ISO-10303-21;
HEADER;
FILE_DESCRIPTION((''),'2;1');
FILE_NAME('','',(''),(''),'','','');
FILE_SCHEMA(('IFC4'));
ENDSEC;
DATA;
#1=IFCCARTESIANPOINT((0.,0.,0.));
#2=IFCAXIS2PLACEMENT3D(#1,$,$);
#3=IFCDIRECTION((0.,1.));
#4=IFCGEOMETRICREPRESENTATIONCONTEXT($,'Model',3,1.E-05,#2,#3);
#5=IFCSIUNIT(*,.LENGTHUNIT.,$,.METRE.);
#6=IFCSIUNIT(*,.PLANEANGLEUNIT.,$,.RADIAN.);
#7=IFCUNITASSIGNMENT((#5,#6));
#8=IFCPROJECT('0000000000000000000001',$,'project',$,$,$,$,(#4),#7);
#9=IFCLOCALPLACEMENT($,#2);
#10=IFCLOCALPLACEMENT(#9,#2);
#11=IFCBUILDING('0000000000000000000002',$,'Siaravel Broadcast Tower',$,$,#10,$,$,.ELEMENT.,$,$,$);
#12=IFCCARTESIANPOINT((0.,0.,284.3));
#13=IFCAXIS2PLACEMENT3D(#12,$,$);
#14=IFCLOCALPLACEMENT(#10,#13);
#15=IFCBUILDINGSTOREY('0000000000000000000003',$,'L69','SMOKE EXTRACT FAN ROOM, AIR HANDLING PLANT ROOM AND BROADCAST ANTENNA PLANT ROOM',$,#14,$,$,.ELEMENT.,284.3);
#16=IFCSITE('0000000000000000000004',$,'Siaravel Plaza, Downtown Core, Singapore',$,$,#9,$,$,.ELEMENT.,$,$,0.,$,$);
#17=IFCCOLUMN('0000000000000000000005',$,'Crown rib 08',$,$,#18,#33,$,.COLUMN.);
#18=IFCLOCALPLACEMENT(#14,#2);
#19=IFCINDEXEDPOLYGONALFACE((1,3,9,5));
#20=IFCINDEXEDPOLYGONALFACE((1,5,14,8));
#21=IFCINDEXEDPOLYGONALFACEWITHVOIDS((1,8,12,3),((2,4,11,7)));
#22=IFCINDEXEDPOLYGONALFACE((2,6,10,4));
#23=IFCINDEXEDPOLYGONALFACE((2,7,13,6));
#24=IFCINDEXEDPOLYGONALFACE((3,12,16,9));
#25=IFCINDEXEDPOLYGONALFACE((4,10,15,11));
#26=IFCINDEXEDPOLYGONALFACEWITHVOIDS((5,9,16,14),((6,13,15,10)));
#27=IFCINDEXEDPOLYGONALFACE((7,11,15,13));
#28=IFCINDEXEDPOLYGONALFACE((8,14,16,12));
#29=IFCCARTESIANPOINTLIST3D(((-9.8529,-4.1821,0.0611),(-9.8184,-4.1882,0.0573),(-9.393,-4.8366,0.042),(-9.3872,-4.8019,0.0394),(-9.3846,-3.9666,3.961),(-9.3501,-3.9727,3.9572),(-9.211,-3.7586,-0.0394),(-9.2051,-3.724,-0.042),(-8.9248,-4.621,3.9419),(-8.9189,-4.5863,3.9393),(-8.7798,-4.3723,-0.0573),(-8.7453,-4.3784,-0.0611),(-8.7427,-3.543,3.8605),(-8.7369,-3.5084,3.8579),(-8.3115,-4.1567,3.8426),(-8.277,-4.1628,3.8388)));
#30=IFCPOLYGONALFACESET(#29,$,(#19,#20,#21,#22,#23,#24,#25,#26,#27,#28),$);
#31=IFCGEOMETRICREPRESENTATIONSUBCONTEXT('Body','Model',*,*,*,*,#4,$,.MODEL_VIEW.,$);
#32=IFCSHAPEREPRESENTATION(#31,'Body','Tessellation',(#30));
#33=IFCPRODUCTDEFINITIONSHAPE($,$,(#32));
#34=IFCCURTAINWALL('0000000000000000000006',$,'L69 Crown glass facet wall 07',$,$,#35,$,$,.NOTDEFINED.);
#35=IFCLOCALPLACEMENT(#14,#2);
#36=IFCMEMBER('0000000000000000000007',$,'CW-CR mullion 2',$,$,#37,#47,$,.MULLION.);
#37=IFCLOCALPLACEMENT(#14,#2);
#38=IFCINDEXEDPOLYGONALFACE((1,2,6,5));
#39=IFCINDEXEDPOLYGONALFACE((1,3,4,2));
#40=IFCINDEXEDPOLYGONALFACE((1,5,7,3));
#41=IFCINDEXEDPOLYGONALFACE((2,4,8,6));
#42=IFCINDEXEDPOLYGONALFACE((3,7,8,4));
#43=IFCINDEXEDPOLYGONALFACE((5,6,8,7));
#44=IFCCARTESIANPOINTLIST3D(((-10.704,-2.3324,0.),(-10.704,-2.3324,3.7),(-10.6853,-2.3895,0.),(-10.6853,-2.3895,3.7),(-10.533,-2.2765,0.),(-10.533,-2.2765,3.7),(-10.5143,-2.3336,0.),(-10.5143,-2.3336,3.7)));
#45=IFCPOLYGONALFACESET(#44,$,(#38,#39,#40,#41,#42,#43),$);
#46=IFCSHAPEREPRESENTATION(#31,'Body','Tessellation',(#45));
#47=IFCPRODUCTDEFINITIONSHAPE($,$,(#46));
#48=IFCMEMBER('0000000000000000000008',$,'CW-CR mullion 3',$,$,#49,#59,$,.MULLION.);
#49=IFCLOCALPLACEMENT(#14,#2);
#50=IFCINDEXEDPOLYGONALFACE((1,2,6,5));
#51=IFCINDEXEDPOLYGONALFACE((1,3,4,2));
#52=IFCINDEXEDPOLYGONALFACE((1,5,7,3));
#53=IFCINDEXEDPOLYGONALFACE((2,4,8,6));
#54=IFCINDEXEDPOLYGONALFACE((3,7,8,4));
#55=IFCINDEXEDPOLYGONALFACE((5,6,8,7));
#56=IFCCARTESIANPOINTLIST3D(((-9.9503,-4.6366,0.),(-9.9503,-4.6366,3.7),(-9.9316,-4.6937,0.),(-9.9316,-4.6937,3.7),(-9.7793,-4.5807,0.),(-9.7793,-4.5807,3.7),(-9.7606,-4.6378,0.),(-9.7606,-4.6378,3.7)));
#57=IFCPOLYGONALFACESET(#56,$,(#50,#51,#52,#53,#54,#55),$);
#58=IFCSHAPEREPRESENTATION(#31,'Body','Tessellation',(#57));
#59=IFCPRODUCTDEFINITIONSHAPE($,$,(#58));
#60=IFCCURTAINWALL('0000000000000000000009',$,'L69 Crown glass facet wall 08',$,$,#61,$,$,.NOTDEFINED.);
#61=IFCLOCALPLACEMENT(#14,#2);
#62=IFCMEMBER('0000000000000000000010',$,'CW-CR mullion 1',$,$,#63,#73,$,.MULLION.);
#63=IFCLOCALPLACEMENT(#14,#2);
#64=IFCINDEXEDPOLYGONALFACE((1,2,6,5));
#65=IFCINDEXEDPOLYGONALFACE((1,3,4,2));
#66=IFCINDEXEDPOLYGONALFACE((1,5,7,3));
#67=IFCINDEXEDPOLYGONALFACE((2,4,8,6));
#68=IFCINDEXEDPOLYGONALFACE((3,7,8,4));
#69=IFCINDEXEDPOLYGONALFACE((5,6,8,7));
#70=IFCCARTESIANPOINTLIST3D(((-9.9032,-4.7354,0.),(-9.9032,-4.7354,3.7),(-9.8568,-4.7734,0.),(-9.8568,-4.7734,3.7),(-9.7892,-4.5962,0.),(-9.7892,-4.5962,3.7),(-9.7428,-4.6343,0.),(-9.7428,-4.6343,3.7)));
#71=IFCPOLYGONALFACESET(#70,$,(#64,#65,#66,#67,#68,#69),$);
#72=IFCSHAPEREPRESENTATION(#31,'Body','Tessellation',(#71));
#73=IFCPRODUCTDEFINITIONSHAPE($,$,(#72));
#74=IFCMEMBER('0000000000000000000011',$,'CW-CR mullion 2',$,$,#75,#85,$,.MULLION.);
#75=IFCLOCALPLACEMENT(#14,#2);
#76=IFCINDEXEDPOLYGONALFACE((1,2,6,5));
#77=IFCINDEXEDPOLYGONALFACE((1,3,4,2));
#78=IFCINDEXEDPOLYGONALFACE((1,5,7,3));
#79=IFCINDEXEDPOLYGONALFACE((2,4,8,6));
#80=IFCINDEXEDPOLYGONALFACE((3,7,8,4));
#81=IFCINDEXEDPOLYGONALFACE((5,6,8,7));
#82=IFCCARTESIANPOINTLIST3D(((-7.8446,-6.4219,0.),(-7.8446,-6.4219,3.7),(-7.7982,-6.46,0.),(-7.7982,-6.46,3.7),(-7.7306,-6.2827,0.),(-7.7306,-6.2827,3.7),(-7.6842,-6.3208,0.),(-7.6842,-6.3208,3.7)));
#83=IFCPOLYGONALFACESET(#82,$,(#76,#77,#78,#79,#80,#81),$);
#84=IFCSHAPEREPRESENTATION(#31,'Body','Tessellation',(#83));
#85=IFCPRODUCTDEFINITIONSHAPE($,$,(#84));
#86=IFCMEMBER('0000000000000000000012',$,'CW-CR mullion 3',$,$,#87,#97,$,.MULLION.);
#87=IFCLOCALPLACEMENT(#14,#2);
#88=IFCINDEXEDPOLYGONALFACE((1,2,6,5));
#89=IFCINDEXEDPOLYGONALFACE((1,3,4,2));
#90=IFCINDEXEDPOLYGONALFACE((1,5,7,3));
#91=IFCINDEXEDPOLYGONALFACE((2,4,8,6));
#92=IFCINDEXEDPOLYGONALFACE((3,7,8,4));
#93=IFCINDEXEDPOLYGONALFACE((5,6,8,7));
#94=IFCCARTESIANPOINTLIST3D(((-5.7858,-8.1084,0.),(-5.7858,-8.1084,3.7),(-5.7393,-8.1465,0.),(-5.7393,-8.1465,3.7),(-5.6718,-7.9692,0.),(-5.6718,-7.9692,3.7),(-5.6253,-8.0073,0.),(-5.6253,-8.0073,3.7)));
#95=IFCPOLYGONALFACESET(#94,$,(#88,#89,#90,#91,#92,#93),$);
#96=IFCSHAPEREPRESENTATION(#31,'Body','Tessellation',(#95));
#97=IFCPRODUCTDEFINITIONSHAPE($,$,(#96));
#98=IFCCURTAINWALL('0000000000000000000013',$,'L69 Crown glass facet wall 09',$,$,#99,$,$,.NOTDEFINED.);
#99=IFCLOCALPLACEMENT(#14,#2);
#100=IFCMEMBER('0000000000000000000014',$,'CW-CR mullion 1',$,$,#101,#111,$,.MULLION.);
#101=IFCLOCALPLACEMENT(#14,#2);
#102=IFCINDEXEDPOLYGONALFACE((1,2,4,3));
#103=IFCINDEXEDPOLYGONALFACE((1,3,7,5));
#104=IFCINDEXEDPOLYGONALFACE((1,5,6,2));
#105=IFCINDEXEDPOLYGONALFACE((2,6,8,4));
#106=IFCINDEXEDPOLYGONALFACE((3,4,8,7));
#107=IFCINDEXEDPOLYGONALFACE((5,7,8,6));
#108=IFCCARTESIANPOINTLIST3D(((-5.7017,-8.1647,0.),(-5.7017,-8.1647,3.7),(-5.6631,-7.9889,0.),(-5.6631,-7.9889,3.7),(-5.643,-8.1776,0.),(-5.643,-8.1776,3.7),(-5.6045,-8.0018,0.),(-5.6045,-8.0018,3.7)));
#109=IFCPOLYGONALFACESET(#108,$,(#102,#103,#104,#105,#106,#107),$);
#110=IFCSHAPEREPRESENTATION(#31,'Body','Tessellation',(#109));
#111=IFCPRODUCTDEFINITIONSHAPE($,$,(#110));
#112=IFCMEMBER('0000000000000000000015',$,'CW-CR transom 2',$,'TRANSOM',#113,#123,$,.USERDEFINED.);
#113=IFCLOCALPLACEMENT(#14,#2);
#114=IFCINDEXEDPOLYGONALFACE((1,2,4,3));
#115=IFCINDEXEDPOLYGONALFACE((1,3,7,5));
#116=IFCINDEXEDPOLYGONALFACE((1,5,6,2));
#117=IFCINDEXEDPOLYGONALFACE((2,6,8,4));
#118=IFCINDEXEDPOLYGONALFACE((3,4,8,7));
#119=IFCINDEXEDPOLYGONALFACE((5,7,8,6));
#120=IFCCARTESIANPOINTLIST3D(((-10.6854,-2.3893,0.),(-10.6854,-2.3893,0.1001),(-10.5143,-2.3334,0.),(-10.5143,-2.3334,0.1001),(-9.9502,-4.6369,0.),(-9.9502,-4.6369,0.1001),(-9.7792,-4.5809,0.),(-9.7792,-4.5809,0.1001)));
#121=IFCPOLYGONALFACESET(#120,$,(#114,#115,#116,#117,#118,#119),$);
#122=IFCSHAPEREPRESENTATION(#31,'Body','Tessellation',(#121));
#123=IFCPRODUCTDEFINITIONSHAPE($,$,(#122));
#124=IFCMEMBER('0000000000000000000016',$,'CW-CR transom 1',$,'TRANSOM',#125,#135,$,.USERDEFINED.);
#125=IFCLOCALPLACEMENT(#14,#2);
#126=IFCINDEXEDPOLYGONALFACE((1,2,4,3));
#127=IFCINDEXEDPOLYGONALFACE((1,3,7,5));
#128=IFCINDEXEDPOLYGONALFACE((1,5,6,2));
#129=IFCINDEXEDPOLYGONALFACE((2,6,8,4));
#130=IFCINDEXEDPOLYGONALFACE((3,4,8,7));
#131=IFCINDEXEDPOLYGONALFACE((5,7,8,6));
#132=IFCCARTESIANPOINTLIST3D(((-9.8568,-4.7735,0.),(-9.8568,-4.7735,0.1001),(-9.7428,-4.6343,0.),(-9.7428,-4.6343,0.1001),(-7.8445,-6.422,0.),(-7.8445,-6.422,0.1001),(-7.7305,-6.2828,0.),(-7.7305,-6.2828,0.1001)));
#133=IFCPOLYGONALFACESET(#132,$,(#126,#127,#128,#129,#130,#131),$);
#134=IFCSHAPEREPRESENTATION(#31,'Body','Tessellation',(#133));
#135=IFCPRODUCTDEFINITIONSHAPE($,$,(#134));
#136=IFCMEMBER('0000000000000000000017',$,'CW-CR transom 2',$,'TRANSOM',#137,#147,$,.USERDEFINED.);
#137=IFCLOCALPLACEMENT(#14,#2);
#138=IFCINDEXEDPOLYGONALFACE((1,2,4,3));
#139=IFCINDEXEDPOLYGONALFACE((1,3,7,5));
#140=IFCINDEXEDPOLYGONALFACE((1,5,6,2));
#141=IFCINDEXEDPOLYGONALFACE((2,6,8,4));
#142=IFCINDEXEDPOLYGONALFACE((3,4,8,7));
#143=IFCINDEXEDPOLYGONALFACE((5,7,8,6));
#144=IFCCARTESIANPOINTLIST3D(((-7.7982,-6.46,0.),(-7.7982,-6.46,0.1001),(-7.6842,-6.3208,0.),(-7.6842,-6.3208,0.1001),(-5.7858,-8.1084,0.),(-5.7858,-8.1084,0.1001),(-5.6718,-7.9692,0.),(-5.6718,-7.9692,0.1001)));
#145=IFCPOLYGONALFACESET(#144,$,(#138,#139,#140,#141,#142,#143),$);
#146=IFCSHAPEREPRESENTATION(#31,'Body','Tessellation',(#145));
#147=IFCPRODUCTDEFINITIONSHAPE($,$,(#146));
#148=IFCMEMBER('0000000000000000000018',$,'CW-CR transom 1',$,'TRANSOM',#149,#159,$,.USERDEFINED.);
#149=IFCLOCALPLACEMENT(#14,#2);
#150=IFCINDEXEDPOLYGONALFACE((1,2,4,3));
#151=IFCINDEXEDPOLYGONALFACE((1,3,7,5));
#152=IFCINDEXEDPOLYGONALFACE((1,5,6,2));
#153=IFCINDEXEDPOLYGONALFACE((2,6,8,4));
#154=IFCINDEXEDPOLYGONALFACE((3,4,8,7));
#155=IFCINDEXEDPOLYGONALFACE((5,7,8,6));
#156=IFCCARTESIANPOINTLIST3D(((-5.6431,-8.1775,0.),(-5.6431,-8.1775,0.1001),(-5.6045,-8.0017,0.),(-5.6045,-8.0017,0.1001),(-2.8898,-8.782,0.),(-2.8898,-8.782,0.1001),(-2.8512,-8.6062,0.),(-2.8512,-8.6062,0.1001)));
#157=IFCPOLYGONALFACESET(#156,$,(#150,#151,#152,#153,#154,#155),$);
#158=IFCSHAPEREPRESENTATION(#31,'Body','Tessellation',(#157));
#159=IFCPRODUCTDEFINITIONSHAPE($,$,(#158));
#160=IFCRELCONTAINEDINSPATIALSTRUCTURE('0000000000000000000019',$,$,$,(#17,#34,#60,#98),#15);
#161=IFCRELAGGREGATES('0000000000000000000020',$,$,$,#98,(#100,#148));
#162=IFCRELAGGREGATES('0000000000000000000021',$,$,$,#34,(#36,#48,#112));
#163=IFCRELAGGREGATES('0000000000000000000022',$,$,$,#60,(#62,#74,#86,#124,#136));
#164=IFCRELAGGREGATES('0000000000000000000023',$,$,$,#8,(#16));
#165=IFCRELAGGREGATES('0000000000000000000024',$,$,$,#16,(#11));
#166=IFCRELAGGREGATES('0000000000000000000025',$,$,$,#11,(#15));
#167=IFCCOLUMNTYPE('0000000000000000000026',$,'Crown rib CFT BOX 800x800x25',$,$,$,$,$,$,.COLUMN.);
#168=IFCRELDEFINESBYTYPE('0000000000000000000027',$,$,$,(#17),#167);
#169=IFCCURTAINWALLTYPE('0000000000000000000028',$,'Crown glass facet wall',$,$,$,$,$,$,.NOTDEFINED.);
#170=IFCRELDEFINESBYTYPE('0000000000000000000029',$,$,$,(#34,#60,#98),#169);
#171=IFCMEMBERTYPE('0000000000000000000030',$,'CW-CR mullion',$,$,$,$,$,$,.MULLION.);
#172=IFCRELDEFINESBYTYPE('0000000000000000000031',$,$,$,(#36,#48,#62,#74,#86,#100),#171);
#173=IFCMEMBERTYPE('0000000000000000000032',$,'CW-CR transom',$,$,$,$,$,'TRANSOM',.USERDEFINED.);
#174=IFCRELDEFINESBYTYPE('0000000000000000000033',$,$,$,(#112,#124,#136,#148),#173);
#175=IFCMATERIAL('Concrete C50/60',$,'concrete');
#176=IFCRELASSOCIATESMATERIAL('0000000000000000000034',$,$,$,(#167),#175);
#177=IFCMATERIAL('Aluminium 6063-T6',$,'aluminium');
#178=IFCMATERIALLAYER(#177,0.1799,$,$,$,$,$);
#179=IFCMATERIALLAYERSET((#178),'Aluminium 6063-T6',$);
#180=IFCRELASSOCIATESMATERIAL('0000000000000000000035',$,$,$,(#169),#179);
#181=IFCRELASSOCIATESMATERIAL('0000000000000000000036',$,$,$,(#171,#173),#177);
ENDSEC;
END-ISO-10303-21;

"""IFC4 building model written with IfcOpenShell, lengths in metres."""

from ifc_helpers import new_model, si_unit, direction, frame, origin, origin_2d, place, context, subcontext, project, spatial, rectangle, hollow_rectangle, extrude, material, layer, layer_set, material_profile, profile_set, type_object, element, aggregate, save


model = new_model("IFC4")

# Units and contexts
model_context = context("Model", 3, precision=1e-05, world=origin(), true_north=direction((0.0, 1.0)))
body_context = subcontext(model_context, "Body", "Model", "MODEL_VIEW")
ifc_project = project(units=[si_unit("LENGTHUNIT", "METRE"), si_unit("PLANEANGLEUNIT", "RADIAN")], contexts=[model_context])

# Site, building, storey
site_placement = place(None, origin())
site = spatial("IfcSite", under=ifc_project, at=site_placement, Name="Siaravel Plaza, Downtown Core, Singapore", CompositionType="ELEMENT", RefElevation=0.0)
building_placement = place(site_placement, origin())
building = spatial("IfcBuilding", under=site, at=building_placement, Name="Siaravel Broadcast Tower", CompositionType="ELEMENT")
storey_placement = place(building_placement, frame((0.0, 0.0, 284.3)))
storey = spatial("IfcBuildingStorey", under=building, at=storey_placement, Name="L69", Description="SMOKE EXTRACT FAN ROOM, AIR HANDLING PLANT ROOM AND BROADCAST ANTENNA PLANT ROOM", CompositionType="ELEMENT", Elevation=284.3)

# Column
ifc_material_1 = material(Name="Concrete C50/60", Category="concrete")
ifc_material_profile_1 = material_profile(ifc_material_1, hollow_rectangle(XDim=0.8, YDim=0.8, WallThickness=0.0249, at=origin_2d()))
ifc_profile_set_1 = profile_set([ifc_material_profile_1], Name="Concrete C50/60")
column_type = type_object("IfcColumnType", Name="Crown rib CFT BOX 800x800x25", PredefinedType="COLUMN", material=ifc_profile_set_1)
column_placement = place(storey_placement, frame((-9.2991, -4.2803, 0.0), z_axis=(0.119035, 0.054801, 0.991377), x_axis=(-0.574756, 0.817979, 0.023795)))
element("IfcColumn", 1, at=column_placement, inside=storey, type_object=column_type, Name="Crown rib 08", PredefinedType="COLUMN", context=body_context, shape_type="SweptSolid", body=[
    extrude(hollow_rectangle(XDim=0.8, YDim=0.8, WallThickness=0.0249, at=origin_2d()), origin(), (0.0, 0.0, 1.0), 3.9338),
])

# Curtain walls, members
ifc_material_2 = material(Name="Aluminium 6063-T6", Category="aluminium")
ifc_layer_1 = layer(ifc_material_2, 0.1799)
ifc_layer_set_1 = layer_set([ifc_layer_1], Name="Aluminium 6063-T6")
curtain_wall_type = type_object("IfcCurtainWallType", Name="Crown glass facet wall", PredefinedType="NOTDEFINED", material=ifc_layer_set_1)
curtain_wall_1_placement = place(storey_placement, origin())
curtain_wall_1 = element("IfcCurtainWall", 2, at=curtain_wall_1_placement, inside=storey, type_object=curtain_wall_type, Name="L69 Crown glass facet wall 07", PredefinedType="NOTDEFINED")
ifc_material_profile_2 = material_profile(ifc_material_2, rectangle(XDim=0.1799, YDim=0.0601, at=origin_2d()))
ifc_profile_set_2 = profile_set([ifc_material_profile_2], Name="Aluminium 6063-T6")
member_type_1 = type_object("IfcMemberType", Name="CW-CR mullion", PredefinedType="MULLION", material=ifc_profile_set_2)
member_1_placement = place(storey_placement, frame((-10.6091, -2.333, 0.0), z_axis=(0.0, 0.0, 1.0), x_axis=(0.950457, 0.310855, 0.0)))
member_1 = element("IfcMember", 3, at=member_1_placement, type_object=member_type_1, Name="CW-CR mullion 2", PredefinedType="MULLION", context=body_context, shape_type="SweptSolid", body=[
    extrude(rectangle(XDim=0.1799, YDim=0.0601, at=origin_2d()), origin(), (0.0, 0.0, 1.0), 3.7),
])
member_2_placement = place(storey_placement, frame((-9.8555, -4.6372, 0.0), z_axis=(0.0, 0.0, 1.0), x_axis=(0.950457, 0.310855, 0.0)))
member_2 = element("IfcMember", 4, at=member_2_placement, type_object=member_type_1, Name="CW-CR mullion 3", PredefinedType="MULLION", context=body_context, shape_type="SweptSolid", body=[
    extrude(rectangle(XDim=0.1799, YDim=0.0601, at=origin_2d()), origin(), (0.0, 0.0, 1.0), 3.7),
])
curtain_wall_2_placement = place(storey_placement, origin())
curtain_wall_2 = element("IfcCurtainWall", 5, at=curtain_wall_2_placement, inside=storey, type_object=curtain_wall_type, Name="L69 Crown glass facet wall 08", PredefinedType="NOTDEFINED")
member_3_placement = place(storey_placement, frame((-9.823, -4.6848, 0.0), z_axis=(0.0, 0.0, 1.0), x_axis=(0.633718, 0.773564, 0.0)))
member_3 = element("IfcMember", 6, at=member_3_placement, type_object=member_type_1, Name="CW-CR mullion 1", PredefinedType="MULLION", context=body_context, shape_type="SweptSolid", body=[
    extrude(rectangle(XDim=0.1799, YDim=0.0601, at=origin_2d()), origin(), (0.0, 0.0, 1.0), 3.7),
])
member_4_placement = place(storey_placement, frame((-7.7644, -6.3713, 0.0), z_axis=(0.0, 0.0, 1.0), x_axis=(0.633718, 0.773564, 0.0)))
member_4 = element("IfcMember", 7, at=member_4_placement, type_object=member_type_1, Name="CW-CR mullion 2", PredefinedType="MULLION", context=body_context, shape_type="SweptSolid", body=[
    extrude(rectangle(XDim=0.1799, YDim=0.0601, at=origin_2d()), origin(), (0.0, 0.0, 1.0), 3.7),
])
member_5_placement = place(storey_placement, frame((-5.7056, -8.0579, 0.0), z_axis=(0.0, 0.0, 1.0), x_axis=(0.633718, 0.773564, 0.0)))
member_5 = element("IfcMember", 8, at=member_5_placement, type_object=member_type_1, Name="CW-CR mullion 3", PredefinedType="MULLION", context=body_context, shape_type="SweptSolid", body=[
    extrude(rectangle(XDim=0.1799, YDim=0.0601, at=origin_2d()), origin(), (0.0, 0.0, 1.0), 3.7),
])

# Curtain wall, member
curtain_wall_3_placement = place(storey_placement, origin())
curtain_wall_3 = element("IfcCurtainWall", 9, at=curtain_wall_3_placement, inside=storey, type_object=curtain_wall_type, Name="L69 Crown glass facet wall 09", PredefinedType="NOTDEFINED")
member_6_placement = place(storey_placement, frame((-5.6531, -8.0833, 0.0), z_axis=(0.0, 0.0, 1.0), x_axis=(0.214396, 0.976747, 0.0)))
member_6 = element("IfcMember", 10, at=member_6_placement, type_object=member_type_1, Name="CW-CR mullion 1", PredefinedType="MULLION", context=body_context, shape_type="SweptSolid", body=[
    extrude(rectangle(XDim=0.1799, YDim=0.0601, at=origin_2d()), origin(), (0.0, 0.0, 1.0), 3.7),
])

# Members
ifc_material_profile_3 = material_profile(ifc_material_2, rectangle(XDim=0.1799, YDim=0.1001, at=origin_2d()))
ifc_profile_set_3 = profile_set([ifc_material_profile_3], Name="Aluminium 6063-T6")
member_type_2 = type_object("IfcMemberType", Name="CW-CR transom", ElementType="TRANSOM", PredefinedType="USERDEFINED", material=ifc_profile_set_3)
member_7_placement = place(storey_placement, frame((-10.5999, -2.3613, 0.05), z_axis=(0.310864, -0.950454, 0.0), x_axis=(0.950454, 0.310864, 0.0)))
member_7 = element("IfcMember", 11, at=member_7_placement, type_object=member_type_2, Name="CW-CR transom 2", ObjectType="TRANSOM", PredefinedType="USERDEFINED", context=body_context, shape_type="SweptSolid", body=[
    extrude(rectangle(XDim=0.1799, YDim=0.1001, at=origin_2d()), origin(), (0.0, 0.0, 1.0), 2.3647),
])
member_8_placement = place(storey_placement, frame((-9.7998, -4.7039, 0.05), z_axis=(0.773564, -0.633718, 0.0), x_axis=(0.633718, 0.773564, 0.0)))
member_8 = element("IfcMember", 12, at=member_8_placement, type_object=member_type_2, Name="CW-CR transom 1", ObjectType="TRANSOM", PredefinedType="USERDEFINED", context=body_context, shape_type="SweptSolid", body=[
    extrude(rectangle(XDim=0.1799, YDim=0.1001, at=origin_2d()), origin(), (0.0, 0.0, 1.0), 2.6013),
])
member_9_placement = place(storey_placement, frame((-7.7412, -6.3904, 0.05), z_axis=(0.773602, -0.633672, 0.0), x_axis=(0.633672, 0.773602, 0.0)))
member_9 = element("IfcMember", 13, at=member_9_placement, type_object=member_type_2, Name="CW-CR transom 2", ObjectType="TRANSOM", PredefinedType="USERDEFINED", context=body_context, shape_type="SweptSolid", body=[
    extrude(rectangle(XDim=0.1799, YDim=0.1001, at=origin_2d()), origin(), (0.0, 0.0, 1.0), 2.6013),
])
member_10_placement = place(storey_placement, frame((-5.6238, -8.0896, 0.05), z_axis=(0.976734, -0.214454, 0.0), x_axis=(0.214454, 0.976734, 0.0)))
member_10 = element("IfcMember", 14, at=member_10_placement, type_object=member_type_2, Name="CW-CR transom 1", ObjectType="TRANSOM", PredefinedType="USERDEFINED", context=body_context, shape_type="SweptSolid", body=[
    extrude(rectangle(XDim=0.1799, YDim=0.1001, at=origin_2d()), origin(), (0.0, 0.0, 1.0), 2.8188),
])
aggregate(curtain_wall_3, [member_6, member_10])

aggregate(curtain_wall_1, [member_1, member_2, member_7])
aggregate(curtain_wall_2, [member_3, member_4, member_5, member_8, member_9])

save(model, "model.ifc")
